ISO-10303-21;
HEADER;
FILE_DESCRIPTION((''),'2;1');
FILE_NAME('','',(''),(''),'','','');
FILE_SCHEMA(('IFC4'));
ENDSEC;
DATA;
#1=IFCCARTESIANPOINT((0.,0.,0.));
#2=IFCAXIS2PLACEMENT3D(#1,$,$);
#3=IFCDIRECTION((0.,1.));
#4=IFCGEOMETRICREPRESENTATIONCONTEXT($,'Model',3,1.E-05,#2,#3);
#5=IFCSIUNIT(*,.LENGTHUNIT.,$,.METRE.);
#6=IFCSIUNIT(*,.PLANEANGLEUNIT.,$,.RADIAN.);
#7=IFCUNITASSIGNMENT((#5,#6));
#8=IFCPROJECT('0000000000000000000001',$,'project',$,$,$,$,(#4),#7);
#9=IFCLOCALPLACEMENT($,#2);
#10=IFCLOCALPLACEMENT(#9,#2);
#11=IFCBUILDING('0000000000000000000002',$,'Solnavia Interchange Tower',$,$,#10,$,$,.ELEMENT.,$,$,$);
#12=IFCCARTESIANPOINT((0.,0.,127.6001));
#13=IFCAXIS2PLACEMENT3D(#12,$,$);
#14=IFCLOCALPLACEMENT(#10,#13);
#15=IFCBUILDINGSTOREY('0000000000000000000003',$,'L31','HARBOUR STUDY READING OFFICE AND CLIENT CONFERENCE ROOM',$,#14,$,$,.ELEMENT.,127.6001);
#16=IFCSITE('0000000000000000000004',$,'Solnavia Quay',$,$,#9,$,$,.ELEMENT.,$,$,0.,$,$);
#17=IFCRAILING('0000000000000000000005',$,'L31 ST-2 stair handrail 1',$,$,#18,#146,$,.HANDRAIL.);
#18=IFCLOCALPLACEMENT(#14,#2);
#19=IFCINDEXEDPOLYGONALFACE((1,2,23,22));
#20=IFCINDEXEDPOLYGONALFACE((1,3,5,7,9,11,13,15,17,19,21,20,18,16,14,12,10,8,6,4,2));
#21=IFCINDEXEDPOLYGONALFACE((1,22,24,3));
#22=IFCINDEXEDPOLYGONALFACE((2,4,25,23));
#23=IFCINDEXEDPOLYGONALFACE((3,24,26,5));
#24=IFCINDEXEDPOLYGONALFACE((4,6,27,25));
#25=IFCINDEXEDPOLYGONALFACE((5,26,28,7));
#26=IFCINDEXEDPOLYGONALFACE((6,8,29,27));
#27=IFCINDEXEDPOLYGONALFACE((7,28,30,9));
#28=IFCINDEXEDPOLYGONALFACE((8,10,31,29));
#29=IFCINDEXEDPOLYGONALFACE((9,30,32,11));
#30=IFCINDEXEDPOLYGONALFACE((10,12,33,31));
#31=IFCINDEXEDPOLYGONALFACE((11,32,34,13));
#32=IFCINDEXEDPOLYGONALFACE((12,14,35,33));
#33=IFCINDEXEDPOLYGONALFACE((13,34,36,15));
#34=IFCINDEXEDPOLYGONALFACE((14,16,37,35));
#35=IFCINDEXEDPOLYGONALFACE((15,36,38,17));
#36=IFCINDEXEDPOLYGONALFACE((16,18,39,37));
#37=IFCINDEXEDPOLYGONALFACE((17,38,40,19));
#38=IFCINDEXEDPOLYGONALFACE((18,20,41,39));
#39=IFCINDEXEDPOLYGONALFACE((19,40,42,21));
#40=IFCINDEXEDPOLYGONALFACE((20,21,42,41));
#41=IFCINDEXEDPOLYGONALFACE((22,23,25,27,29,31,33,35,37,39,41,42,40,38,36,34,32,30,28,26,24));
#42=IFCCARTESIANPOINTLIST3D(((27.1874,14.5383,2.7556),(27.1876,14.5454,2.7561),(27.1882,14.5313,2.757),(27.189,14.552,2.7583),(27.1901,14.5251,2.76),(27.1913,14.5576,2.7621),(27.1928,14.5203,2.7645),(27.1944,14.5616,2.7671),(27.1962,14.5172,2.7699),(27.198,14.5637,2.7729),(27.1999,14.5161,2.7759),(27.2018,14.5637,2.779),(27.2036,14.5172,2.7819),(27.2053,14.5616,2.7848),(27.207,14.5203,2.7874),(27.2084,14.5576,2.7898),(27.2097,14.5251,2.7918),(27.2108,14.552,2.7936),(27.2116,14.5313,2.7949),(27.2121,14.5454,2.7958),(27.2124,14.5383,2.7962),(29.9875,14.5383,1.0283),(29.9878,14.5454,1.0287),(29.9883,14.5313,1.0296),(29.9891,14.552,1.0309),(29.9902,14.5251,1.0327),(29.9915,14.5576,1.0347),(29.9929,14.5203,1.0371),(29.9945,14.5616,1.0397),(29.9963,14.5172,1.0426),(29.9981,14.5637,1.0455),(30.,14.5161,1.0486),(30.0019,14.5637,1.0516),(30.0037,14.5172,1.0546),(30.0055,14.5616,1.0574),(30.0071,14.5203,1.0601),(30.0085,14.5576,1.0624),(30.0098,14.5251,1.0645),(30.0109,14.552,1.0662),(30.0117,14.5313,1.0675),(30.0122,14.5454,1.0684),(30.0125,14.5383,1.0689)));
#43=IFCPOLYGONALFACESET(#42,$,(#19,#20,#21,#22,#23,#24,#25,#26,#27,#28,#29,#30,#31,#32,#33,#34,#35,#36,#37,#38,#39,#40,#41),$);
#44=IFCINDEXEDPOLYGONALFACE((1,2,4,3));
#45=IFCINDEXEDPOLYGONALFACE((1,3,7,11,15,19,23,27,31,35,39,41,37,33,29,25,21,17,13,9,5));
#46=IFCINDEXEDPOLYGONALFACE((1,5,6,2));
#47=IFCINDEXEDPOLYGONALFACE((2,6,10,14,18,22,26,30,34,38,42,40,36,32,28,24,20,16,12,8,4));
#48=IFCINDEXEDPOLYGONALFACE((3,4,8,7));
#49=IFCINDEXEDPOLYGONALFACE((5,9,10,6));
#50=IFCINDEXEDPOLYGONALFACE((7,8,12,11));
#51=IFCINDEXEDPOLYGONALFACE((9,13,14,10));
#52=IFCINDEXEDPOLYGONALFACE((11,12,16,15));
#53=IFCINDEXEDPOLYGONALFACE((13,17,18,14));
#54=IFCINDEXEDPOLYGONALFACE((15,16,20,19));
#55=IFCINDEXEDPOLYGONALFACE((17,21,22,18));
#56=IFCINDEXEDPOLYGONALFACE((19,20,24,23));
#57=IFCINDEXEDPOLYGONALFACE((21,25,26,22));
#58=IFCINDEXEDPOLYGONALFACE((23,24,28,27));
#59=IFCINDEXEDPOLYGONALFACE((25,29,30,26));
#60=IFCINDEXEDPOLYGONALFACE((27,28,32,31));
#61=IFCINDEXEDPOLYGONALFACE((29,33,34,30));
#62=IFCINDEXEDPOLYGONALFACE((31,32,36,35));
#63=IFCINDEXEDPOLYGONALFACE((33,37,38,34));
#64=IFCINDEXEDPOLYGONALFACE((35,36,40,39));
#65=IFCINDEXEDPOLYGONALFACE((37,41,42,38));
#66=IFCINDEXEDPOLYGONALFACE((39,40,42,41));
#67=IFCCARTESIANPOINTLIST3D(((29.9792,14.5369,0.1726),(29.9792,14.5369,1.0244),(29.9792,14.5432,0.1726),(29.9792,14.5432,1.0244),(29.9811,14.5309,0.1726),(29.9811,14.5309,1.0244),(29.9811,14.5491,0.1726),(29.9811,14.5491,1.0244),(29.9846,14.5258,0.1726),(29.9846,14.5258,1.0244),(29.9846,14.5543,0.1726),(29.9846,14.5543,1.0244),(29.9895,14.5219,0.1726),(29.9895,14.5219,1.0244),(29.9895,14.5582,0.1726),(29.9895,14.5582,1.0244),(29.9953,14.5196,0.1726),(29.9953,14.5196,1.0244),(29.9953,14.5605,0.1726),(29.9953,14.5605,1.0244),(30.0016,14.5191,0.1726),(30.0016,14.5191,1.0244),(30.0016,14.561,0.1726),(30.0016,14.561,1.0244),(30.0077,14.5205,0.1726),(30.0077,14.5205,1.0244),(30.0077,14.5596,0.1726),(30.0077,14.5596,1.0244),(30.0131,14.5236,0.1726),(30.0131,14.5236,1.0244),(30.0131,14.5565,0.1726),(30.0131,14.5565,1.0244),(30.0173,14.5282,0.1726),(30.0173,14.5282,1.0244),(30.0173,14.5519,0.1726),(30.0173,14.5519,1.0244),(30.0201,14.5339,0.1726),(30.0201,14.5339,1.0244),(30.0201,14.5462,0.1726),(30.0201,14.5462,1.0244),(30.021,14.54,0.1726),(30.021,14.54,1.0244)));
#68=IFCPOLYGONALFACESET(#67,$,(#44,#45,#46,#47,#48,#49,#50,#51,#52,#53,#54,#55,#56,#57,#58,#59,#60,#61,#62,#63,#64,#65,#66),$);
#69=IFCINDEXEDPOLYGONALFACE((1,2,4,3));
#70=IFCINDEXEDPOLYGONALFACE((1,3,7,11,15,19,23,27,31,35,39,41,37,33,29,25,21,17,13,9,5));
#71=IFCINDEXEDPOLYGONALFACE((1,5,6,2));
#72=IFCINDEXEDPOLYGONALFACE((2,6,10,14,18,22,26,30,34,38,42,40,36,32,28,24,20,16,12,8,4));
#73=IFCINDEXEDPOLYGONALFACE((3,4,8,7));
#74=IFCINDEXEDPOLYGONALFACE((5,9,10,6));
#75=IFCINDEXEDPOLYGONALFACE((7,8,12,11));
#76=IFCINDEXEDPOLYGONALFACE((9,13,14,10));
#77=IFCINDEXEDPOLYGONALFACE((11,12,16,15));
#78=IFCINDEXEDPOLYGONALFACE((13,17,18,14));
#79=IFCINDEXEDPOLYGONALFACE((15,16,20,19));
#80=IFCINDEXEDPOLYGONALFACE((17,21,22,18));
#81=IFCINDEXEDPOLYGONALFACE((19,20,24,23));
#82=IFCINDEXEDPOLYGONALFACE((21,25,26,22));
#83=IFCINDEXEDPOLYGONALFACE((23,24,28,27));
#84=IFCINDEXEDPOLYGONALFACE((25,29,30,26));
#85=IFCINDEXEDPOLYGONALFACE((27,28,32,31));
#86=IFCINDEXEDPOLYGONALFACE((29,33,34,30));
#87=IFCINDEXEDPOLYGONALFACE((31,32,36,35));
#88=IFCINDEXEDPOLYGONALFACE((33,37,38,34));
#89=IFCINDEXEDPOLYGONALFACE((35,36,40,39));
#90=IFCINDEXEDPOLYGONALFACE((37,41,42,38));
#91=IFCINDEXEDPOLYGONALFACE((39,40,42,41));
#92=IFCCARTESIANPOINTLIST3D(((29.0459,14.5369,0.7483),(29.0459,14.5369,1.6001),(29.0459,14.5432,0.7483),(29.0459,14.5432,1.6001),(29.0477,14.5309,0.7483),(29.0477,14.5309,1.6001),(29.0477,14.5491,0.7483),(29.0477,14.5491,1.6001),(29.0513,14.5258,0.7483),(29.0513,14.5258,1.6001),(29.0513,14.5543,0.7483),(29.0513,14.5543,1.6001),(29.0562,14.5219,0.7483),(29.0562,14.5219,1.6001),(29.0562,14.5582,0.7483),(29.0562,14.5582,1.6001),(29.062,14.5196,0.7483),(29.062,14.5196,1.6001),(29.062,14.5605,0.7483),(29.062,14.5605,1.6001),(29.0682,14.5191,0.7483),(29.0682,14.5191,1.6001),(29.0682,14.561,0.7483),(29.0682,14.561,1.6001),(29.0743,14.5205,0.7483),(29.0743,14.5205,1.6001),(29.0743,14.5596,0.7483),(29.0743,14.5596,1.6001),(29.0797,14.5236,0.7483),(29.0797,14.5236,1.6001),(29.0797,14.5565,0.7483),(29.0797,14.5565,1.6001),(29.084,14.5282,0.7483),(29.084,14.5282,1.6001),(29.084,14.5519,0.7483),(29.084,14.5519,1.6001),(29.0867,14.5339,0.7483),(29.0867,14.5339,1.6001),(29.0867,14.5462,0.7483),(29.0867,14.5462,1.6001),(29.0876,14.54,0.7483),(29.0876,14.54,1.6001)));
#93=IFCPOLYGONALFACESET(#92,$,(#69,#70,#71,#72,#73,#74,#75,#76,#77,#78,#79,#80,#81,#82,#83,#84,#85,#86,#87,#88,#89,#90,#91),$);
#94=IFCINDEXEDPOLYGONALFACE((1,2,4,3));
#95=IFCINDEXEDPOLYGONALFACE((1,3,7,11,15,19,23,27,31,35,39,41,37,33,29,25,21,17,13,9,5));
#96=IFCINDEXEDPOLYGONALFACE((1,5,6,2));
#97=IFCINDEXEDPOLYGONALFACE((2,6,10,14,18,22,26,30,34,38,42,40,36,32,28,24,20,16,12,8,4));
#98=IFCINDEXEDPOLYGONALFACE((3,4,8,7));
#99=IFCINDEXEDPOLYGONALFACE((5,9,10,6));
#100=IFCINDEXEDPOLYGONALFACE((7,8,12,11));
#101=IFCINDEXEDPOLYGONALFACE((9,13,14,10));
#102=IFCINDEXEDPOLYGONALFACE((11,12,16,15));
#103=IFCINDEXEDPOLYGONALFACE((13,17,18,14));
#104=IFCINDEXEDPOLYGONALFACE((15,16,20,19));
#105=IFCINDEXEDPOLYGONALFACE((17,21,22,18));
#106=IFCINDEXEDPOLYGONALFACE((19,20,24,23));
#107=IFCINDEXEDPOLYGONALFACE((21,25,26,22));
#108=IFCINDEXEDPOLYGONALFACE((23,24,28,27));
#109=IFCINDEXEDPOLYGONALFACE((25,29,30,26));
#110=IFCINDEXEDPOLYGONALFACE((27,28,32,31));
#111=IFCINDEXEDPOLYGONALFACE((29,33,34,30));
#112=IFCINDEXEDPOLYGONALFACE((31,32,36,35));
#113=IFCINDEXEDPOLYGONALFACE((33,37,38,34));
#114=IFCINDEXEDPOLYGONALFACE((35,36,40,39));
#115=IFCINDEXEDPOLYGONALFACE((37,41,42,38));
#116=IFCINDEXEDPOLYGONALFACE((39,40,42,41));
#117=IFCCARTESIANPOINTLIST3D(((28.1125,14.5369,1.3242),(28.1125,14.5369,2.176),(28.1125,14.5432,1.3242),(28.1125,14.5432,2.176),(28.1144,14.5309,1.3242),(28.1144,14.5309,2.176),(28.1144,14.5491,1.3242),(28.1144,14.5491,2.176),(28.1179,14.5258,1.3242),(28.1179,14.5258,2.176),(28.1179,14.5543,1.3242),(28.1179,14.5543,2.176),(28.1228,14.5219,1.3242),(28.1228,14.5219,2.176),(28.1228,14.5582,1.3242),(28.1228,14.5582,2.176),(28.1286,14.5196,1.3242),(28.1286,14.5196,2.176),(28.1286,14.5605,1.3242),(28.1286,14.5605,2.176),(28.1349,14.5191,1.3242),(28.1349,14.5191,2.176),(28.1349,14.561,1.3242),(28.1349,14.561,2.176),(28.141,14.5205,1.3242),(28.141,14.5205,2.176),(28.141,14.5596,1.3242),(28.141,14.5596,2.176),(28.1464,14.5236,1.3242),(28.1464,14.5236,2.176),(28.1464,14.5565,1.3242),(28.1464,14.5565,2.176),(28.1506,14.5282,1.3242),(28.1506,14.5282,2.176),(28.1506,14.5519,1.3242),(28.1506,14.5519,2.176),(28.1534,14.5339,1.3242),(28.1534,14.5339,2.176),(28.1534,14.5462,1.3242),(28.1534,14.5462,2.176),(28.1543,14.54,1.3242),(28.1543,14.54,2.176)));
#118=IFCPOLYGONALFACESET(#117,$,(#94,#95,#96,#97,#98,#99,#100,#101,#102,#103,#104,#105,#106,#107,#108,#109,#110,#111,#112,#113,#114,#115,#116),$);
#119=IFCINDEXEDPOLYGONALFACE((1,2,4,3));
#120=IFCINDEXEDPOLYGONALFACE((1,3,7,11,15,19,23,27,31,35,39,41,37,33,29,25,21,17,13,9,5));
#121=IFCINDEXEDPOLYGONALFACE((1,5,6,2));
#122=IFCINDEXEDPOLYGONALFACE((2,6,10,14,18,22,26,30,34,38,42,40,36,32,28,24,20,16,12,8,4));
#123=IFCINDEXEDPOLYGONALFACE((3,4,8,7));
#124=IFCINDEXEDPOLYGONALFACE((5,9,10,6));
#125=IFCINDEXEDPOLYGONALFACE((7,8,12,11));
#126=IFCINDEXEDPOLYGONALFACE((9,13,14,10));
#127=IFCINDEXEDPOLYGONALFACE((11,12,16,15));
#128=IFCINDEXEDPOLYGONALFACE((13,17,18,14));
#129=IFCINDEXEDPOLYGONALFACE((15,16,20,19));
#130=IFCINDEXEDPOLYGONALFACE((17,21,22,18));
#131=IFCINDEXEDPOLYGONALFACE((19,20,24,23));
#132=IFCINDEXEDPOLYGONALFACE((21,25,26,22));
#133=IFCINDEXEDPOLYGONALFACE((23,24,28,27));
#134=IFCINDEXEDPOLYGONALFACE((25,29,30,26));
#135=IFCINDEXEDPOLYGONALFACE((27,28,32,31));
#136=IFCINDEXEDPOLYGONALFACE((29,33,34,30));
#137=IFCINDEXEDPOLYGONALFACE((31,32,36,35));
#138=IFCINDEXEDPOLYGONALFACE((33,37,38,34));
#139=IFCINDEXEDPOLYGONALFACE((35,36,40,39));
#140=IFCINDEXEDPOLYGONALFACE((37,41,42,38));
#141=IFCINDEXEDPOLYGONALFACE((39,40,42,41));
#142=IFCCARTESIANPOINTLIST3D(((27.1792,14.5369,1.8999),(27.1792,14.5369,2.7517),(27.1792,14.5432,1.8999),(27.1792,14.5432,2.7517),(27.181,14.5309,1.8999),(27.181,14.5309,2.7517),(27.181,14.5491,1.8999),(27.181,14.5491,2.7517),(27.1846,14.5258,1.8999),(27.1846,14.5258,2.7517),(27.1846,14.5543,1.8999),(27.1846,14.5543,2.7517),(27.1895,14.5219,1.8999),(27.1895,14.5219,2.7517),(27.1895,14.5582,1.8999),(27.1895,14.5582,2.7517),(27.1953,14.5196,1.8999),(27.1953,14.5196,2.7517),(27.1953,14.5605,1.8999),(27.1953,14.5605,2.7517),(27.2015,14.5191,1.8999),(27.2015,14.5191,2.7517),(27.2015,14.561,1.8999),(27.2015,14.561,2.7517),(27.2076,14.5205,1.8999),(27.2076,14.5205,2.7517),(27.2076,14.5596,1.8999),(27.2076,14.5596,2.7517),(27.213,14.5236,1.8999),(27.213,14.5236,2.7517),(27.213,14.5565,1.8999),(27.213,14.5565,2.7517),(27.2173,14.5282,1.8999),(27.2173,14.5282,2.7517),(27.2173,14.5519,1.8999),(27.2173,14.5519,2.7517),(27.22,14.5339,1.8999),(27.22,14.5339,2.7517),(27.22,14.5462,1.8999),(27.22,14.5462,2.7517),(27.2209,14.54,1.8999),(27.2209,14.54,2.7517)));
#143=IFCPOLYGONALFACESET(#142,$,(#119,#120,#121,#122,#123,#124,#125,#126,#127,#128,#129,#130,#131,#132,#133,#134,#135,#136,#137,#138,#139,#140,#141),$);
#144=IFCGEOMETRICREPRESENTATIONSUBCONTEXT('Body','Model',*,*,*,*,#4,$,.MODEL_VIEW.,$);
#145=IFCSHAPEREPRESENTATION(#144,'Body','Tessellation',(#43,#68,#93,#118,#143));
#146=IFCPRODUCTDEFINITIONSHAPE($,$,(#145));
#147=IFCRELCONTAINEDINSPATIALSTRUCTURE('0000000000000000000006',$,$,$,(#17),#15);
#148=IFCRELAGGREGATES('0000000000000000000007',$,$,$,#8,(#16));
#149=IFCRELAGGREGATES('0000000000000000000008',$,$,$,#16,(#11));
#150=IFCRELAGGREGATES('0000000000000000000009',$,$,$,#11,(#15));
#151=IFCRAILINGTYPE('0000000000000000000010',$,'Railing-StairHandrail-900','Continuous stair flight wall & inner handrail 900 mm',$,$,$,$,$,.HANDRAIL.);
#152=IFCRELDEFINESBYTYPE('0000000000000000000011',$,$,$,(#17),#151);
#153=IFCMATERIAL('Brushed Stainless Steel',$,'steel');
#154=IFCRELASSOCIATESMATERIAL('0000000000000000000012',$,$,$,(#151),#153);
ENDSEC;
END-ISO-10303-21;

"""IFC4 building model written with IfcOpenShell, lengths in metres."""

from ifc_helpers import new_model, si_unit, direction, frame, origin, origin_2d, place, context, subcontext, project, spatial, circle, extrude, material, type_object, element, save


model = new_model("IFC4")

# Units and contexts
model_context = context("Model", 3, precision=1e-05, world=origin(), true_north=direction((0.0, 1.0)))
body_context = subcontext(model_context, "Body", "Model", "MODEL_VIEW")
ifc_project = project(units=[si_unit("LENGTHUNIT", "METRE"), si_unit("PLANEANGLEUNIT", "RADIAN")], contexts=[model_context])

# Site, building, storey
site_placement = place(None, origin())
site = spatial("IfcSite", under=ifc_project, at=site_placement, Name="Solnavia Quay", CompositionType="ELEMENT", RefElevation=0.0)
building_placement = place(site_placement, origin())
building = spatial("IfcBuilding", under=site, at=building_placement, Name="Solnavia Interchange Tower", CompositionType="ELEMENT")
storey_placement = place(building_placement, frame((0.0, 0.0, 127.6001)))
storey = spatial("IfcBuildingStorey", under=building, at=storey_placement, Name="L31", Description="HARBOUR STUDY READING OFFICE AND CLIENT CONFERENCE ROOM", CompositionType="ELEMENT", Elevation=127.6001)

# Railing
ifc_material_1 = material(Name="Brushed Stainless Steel", Category="steel")
railing_type_1 = type_object("IfcRailingType", Name="Railing-StairHandrail-900", Description="Continuous stair flight wall & inner handrail 900 mm", PredefinedType="HANDRAIL", material=ifc_material_1)
railing_1_placement = place(storey_placement, frame((30.0, 14.54, 0.1726)))
element("IfcRailing", 1, at=railing_1_placement, inside=storey, type_object=railing_type_1, Name="L31 ST-2 stair handrail 1", PredefinedType="HANDRAIL", context=body_context, shape_type="SweptSolid", body=[
    extrude(circle(Radius=0.0239, at=origin_2d()), frame((0.0, 0.0, 0.876), z_axis=(-0.85109, 0.0, 0.52502), x_axis=(0.0, -1.0, 0.0)), (0.0, 0.0, 1.0), 3.29),
    extrude(circle(Radius=0.021, at=origin_2d()), origin(), (0.0, 0.0, 1.0), 0.8518),
    extrude(circle(Radius=0.021, at=origin_2d()), frame((-0.9333, 0.0, 0.5757)), (0.0, 0.0, 1.0), 0.8518),
    extrude(circle(Radius=0.021, at=origin_2d()), frame((-1.8667, 0.0, 1.1516)), (0.0, 0.0, 1.0), 0.8518),
    extrude(circle(Radius=0.021, at=origin_2d()), frame((-2.8, 0.0, 1.7273)), (0.0, 0.0, 1.0), 0.8518),
])

save(model, "model.ifc")
